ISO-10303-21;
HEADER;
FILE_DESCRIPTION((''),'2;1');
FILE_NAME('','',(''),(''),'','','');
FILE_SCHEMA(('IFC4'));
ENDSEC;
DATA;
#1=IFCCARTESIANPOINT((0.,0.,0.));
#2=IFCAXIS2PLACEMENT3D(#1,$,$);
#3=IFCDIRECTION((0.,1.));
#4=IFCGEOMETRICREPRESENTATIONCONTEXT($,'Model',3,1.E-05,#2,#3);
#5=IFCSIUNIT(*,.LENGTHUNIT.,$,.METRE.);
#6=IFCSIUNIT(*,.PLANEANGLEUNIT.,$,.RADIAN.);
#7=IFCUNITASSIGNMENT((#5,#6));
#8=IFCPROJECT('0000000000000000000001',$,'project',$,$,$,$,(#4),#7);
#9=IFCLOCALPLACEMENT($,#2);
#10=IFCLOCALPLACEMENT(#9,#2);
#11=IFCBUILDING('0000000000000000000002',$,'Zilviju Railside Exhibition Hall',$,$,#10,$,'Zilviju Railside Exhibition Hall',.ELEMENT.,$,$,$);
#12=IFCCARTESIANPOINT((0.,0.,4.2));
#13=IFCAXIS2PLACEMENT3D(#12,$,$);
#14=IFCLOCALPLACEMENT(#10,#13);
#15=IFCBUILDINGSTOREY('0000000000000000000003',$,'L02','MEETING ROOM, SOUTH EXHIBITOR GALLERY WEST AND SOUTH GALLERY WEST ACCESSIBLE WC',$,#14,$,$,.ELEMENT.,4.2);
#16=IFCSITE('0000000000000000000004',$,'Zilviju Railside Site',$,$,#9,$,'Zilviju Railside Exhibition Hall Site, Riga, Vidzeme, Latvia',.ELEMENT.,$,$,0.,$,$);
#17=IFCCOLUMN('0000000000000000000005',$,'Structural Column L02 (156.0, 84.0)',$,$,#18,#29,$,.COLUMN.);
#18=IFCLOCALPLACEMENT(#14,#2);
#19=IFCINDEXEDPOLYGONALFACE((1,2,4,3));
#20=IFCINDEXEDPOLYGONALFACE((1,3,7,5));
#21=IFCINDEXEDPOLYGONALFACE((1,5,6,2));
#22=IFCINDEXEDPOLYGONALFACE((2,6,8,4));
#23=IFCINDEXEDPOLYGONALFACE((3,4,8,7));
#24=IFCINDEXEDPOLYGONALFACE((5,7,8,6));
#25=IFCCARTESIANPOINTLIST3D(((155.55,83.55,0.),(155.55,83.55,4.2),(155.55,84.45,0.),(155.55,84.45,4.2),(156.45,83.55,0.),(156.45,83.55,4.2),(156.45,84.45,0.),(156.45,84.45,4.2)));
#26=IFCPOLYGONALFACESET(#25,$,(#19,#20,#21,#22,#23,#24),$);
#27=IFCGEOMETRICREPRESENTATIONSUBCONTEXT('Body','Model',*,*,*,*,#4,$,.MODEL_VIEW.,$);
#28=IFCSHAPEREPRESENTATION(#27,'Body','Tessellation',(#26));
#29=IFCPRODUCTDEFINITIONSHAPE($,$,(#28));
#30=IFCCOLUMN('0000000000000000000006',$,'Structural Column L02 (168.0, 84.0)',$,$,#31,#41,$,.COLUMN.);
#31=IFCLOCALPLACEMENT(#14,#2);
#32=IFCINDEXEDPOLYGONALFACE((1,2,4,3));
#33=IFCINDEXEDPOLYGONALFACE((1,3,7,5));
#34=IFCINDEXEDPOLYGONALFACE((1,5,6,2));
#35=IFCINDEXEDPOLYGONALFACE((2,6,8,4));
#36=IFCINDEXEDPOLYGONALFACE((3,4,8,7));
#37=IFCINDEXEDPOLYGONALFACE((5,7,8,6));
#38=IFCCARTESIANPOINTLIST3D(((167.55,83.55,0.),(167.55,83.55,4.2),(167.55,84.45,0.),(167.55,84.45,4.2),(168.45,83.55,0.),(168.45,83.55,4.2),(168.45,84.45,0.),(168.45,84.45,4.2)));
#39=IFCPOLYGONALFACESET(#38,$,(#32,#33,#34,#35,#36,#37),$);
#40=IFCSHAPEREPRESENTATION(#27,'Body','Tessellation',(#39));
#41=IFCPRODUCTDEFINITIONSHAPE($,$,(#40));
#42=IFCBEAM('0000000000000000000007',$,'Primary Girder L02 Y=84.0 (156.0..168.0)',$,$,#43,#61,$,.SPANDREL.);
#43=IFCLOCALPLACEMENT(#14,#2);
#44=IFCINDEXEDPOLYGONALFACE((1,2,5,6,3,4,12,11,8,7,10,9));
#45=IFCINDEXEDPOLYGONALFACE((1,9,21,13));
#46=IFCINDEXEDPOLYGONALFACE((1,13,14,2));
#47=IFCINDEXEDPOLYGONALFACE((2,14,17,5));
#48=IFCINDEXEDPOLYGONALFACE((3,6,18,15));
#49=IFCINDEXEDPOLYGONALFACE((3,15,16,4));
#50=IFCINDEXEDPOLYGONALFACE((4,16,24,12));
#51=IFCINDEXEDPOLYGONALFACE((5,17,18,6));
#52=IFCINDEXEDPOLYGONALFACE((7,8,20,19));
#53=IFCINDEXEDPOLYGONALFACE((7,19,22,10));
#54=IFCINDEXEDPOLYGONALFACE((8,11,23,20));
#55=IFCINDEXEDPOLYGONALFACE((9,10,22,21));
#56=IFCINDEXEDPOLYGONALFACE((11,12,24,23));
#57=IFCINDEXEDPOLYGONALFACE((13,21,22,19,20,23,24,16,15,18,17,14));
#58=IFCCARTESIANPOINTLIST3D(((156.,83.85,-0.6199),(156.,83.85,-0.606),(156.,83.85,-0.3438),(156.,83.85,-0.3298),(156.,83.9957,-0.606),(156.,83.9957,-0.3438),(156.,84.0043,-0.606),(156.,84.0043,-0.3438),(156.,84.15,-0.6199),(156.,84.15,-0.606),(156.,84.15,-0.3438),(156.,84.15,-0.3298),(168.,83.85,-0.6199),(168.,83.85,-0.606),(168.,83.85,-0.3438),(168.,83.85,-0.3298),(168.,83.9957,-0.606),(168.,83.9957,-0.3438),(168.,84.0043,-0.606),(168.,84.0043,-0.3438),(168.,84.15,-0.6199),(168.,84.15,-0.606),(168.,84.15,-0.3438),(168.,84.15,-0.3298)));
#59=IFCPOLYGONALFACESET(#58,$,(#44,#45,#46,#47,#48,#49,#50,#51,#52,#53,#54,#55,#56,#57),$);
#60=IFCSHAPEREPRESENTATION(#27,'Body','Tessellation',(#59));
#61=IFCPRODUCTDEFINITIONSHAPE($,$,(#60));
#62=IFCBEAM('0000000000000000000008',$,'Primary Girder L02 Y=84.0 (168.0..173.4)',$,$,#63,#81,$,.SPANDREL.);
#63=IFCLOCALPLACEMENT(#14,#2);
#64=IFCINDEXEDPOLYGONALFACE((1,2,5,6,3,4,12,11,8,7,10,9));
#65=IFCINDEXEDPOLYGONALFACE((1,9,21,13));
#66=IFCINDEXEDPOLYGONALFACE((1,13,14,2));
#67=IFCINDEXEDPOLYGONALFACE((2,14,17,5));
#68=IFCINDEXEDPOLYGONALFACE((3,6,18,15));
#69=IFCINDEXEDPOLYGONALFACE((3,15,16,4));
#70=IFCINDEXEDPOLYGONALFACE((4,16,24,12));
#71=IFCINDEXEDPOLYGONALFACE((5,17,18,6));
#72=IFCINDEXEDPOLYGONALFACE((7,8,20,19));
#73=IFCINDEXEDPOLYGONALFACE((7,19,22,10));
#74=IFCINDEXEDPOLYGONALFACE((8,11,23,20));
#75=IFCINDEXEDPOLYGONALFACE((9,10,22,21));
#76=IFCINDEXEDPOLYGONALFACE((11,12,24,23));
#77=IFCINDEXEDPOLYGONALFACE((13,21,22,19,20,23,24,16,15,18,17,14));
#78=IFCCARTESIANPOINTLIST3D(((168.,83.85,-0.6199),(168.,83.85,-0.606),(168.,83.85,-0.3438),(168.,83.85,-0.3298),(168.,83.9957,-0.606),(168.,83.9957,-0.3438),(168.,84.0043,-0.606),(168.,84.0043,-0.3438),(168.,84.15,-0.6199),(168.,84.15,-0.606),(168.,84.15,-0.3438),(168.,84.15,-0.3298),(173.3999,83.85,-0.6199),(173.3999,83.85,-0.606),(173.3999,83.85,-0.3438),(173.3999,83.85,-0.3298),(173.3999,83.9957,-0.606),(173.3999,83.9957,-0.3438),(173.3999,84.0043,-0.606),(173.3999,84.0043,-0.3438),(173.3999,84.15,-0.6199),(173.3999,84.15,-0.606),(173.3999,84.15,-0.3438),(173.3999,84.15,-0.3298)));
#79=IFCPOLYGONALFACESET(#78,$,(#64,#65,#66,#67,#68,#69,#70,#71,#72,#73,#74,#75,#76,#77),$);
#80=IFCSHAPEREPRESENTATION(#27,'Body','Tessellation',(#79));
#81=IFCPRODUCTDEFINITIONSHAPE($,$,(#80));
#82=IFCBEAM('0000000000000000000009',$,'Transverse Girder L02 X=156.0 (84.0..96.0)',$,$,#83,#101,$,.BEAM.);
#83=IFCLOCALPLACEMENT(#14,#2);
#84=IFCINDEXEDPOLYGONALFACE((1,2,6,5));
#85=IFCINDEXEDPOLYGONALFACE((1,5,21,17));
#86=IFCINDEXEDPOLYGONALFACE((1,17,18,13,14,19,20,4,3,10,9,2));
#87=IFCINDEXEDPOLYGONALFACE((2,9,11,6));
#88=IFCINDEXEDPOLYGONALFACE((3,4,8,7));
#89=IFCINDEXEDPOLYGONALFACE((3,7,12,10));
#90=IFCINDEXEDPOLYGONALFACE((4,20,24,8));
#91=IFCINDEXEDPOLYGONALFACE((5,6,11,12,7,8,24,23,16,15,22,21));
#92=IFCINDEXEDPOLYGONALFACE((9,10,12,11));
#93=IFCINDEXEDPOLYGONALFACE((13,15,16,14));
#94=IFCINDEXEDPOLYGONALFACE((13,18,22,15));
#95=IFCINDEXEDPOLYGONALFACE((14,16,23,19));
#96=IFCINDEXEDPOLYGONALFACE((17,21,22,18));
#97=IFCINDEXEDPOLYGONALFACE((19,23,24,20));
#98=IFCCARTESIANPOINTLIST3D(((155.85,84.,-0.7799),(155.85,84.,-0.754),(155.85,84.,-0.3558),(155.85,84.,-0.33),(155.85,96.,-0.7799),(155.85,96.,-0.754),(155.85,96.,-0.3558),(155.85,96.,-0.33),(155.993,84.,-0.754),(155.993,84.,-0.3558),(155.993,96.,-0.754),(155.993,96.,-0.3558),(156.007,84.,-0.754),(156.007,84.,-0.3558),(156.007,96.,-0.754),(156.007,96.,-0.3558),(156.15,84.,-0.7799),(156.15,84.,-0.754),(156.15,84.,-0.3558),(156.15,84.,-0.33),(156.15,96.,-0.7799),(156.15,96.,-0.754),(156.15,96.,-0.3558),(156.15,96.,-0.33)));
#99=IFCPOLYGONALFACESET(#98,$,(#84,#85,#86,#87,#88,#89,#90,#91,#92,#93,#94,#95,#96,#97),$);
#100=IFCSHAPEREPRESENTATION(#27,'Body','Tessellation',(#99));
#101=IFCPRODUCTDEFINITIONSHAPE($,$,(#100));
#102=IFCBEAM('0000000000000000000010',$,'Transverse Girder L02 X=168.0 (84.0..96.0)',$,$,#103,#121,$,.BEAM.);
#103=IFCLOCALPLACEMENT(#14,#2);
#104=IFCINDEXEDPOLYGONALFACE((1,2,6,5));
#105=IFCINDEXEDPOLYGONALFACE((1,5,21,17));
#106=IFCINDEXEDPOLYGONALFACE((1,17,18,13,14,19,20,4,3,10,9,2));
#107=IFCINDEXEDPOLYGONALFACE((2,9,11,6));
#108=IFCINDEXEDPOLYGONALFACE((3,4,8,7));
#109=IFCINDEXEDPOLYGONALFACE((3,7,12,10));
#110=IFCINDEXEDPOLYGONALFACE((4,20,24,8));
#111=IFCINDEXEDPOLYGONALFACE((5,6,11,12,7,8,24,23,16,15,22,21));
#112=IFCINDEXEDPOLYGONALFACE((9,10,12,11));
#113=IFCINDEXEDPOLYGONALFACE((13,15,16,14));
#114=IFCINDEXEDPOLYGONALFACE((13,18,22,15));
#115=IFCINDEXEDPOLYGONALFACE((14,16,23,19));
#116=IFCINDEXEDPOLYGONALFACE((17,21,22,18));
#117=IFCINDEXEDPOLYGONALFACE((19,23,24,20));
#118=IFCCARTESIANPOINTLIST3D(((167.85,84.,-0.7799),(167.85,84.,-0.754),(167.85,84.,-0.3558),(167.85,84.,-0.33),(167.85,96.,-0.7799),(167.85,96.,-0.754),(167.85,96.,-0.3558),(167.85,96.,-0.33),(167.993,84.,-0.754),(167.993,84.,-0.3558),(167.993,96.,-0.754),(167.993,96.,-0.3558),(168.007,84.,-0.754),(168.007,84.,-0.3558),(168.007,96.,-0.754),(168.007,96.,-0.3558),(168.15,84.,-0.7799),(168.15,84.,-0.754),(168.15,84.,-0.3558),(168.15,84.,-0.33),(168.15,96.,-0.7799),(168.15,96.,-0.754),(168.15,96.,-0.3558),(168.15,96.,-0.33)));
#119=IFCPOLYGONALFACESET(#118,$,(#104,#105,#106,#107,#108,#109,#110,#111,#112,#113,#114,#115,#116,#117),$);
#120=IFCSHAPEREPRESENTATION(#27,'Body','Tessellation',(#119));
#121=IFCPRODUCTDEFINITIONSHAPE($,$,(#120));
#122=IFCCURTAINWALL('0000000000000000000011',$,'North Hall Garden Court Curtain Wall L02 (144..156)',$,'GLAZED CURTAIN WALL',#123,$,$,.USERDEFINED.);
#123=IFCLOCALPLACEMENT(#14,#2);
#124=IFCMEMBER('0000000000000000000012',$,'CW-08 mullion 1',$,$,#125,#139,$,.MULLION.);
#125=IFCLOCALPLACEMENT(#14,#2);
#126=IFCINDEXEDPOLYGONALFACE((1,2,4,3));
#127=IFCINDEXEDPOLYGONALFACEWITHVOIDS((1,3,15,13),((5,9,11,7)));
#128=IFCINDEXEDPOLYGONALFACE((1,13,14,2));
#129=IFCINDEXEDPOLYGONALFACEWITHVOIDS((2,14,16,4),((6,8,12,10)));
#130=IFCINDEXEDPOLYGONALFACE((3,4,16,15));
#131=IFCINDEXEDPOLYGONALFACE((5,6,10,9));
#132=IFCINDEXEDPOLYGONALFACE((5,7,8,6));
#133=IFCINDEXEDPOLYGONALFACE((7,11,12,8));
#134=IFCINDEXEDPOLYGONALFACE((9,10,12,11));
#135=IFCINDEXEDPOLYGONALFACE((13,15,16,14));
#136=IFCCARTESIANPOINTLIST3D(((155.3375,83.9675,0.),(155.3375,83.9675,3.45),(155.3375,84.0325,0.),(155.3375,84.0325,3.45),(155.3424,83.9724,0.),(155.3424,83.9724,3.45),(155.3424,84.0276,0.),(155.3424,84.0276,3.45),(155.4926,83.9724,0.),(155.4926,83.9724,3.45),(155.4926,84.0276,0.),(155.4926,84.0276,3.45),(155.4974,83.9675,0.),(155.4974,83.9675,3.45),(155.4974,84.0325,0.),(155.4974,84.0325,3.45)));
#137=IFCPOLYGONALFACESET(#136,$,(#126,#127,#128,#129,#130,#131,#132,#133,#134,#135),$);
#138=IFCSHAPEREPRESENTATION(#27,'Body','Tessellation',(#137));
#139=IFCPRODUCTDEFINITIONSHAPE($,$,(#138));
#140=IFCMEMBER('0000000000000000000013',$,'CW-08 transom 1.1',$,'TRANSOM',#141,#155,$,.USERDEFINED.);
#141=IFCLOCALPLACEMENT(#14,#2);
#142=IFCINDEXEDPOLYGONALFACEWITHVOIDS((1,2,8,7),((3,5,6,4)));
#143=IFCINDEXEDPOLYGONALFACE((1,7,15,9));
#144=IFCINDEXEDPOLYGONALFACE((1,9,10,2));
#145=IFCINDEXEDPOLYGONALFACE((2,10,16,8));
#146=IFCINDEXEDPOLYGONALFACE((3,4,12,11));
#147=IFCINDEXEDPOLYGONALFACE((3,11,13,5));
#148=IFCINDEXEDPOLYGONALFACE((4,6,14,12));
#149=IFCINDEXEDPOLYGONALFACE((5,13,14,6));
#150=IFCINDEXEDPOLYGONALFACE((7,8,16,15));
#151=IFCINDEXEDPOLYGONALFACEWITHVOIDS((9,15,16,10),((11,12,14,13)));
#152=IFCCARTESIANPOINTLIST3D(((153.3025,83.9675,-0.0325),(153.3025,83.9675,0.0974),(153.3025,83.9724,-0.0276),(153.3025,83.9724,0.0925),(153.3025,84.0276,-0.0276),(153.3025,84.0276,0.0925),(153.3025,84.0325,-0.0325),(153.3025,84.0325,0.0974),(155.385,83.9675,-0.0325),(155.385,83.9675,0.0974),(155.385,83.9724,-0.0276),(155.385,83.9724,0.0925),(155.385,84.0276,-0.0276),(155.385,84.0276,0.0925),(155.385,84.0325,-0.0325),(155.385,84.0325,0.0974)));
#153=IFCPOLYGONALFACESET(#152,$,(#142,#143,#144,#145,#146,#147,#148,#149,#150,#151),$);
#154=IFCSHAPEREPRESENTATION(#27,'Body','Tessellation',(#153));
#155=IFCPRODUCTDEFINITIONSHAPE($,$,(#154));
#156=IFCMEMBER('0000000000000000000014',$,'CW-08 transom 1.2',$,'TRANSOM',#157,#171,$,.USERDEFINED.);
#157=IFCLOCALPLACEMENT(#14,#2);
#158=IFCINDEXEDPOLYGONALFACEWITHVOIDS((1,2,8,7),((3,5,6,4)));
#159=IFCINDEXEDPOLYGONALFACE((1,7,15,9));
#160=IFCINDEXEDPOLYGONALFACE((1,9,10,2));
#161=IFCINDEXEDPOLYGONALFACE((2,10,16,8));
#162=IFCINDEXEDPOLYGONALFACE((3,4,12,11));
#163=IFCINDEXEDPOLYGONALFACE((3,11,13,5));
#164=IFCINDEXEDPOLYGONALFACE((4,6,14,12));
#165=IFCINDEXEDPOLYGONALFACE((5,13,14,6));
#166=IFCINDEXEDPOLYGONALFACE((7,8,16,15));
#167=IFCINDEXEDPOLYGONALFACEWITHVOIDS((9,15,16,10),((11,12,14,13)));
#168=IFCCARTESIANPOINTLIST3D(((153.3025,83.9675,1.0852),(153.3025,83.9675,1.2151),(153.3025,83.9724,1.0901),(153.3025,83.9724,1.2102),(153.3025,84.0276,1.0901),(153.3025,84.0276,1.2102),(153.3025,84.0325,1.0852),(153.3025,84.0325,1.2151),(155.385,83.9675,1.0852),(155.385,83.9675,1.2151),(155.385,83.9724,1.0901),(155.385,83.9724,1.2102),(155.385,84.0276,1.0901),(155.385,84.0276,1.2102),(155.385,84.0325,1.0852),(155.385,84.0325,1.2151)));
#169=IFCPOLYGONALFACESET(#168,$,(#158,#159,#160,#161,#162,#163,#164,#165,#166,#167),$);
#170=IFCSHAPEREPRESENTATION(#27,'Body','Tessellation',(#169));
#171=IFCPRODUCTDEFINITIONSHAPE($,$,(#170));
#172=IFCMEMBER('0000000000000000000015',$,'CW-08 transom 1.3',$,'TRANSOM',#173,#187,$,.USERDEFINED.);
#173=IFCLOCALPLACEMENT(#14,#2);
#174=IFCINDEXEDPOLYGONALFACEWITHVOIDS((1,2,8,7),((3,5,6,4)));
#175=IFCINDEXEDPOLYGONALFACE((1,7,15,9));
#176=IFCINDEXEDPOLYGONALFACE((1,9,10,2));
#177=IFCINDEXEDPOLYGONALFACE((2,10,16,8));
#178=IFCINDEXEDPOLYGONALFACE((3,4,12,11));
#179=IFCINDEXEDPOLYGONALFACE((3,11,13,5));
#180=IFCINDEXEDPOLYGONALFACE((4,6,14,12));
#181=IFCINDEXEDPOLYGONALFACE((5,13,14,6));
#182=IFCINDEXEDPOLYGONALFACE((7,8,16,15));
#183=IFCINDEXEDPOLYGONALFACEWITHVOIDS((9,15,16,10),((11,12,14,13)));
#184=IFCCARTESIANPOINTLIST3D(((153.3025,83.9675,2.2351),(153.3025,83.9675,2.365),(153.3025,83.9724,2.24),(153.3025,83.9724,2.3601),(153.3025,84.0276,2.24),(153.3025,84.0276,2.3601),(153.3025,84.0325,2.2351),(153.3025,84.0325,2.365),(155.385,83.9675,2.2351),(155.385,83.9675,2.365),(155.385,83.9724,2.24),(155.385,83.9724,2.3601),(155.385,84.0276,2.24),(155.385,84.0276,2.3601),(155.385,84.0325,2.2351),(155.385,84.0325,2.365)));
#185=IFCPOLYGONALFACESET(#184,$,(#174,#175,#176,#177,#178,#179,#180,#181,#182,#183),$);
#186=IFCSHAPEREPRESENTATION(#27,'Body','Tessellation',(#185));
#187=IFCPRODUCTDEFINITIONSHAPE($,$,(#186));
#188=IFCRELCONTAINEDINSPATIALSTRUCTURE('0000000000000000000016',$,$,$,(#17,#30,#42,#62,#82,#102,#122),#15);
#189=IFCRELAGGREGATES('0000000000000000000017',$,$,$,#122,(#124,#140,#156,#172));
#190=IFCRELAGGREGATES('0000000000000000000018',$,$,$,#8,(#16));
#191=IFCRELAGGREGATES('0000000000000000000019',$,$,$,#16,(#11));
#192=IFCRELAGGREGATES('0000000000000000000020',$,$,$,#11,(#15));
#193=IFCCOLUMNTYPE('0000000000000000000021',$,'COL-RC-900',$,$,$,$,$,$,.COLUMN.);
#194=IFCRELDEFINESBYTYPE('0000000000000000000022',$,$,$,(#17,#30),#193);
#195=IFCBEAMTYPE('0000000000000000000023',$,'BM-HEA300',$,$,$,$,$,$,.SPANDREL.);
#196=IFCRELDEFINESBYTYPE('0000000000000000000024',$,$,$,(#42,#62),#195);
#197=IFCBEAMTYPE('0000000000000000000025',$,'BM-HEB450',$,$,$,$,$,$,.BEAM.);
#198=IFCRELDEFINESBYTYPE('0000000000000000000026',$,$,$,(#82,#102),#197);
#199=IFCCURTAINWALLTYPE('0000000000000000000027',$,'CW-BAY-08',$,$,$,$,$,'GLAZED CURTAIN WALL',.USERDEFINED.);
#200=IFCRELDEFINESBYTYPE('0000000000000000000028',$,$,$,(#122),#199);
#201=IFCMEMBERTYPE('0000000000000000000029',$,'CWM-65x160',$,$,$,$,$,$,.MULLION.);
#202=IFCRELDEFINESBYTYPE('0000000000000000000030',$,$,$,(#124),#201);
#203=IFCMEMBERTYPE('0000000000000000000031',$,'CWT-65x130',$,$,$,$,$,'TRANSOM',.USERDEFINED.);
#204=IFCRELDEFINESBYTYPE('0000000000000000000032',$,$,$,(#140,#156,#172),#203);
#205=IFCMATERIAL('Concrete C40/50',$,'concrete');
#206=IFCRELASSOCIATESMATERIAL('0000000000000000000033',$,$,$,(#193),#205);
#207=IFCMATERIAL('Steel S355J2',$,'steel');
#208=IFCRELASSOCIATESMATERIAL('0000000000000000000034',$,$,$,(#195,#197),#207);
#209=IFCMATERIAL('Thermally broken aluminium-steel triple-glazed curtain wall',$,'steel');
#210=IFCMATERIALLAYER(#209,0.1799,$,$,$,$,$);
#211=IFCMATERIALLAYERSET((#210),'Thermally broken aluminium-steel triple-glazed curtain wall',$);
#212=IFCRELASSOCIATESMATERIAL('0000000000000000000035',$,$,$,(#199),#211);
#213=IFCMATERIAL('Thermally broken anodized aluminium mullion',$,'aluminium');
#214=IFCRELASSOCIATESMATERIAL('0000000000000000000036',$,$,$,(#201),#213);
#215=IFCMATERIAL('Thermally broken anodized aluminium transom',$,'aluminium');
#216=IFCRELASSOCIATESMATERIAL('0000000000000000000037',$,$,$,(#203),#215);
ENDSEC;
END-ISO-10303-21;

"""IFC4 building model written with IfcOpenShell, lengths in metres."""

from ifc_helpers import new_model, si_unit, direction, frame, origin, origin_2d, place, context, subcontext, project, spatial, rectangle, hollow_rectangle, i_section, extrude, material, layer, layer_set, material_profile, profile_set, type_object, element, aggregate, save


model = new_model("IFC4")

# Units and contexts
model_context = context("Model", 3, precision=1e-05, world=origin(), true_north=direction((0.0, 1.0)))
body_context = subcontext(model_context, "Body", "Model", "MODEL_VIEW")
ifc_project = project(units=[si_unit("LENGTHUNIT", "METRE"), si_unit("PLANEANGLEUNIT", "RADIAN")], contexts=[model_context])

# Site, building, storey
site_placement = place(None, origin())
site = spatial("IfcSite", under=ifc_project, at=site_placement, Name="Zilviju Railside Site", LongName="Zilviju Railside Exhibition Hall Site, Riga, Vidzeme, Latvia", CompositionType="ELEMENT", RefElevation=0.0)
building_placement = place(site_placement, origin())
building = spatial("IfcBuilding", under=site, at=building_placement, Name="Zilviju Railside Exhibition Hall", LongName="Zilviju Railside Exhibition Hall", CompositionType="ELEMENT")
storey_placement = place(building_placement, frame((0.0, 0.0, 4.2)))
storey = spatial("IfcBuildingStorey", under=building, at=storey_placement, Name="L02", Description="MEETING ROOM, SOUTH EXHIBITOR GALLERY WEST AND SOUTH GALLERY WEST ACCESSIBLE WC", CompositionType="ELEMENT", Elevation=4.2)

# Columns
ifc_material_1 = material(Name="Concrete C40/50", Category="concrete")
ifc_material_profile_1 = material_profile(ifc_material_1, rectangle(XDim=0.8999, YDim=0.8999, at=origin_2d()), Name="RC COL 900x900")
ifc_profile_set_1 = profile_set([ifc_material_profile_1], Name="Concrete C40/50")
column_type = type_object("IfcColumnType", Name="COL-RC-900", PredefinedType="COLUMN", material=ifc_profile_set_1)
for number, where, z_axis, x_axis, name in (
    (1, (156.0, 84.0, 0.0), (0.0, 0.0, 1.0), (1.0, 0.0, 0.0), "Structural Column L02 (156.0, 84.0)"),
    (2, (168.0, 84.0, 0.0), (0.0, 0.0, 1.0), (1.0, 0.0, 0.0), "Structural Column L02 (168.0, 84.0)"),
):
    element("IfcColumn", number, at=place(storey_placement, frame(where, z_axis=z_axis, x_axis=x_axis)), inside=storey, type_object=column_type, Name=name, PredefinedType="COLUMN", context=body_context, shape_type="SweptSolid", body=[
        extrude(rectangle(XDim=0.8999, YDim=0.8999, at=origin_2d()), origin(), (0.0, 0.0, 1.0), 4.2),
    ])

# Beams
ifc_material_2 = material(Name="Steel S355J2", Category="steel")
ifc_material_profile_2 = material_profile(ifc_material_2, i_section(OverallWidth=0.3, OverallDepth=0.29, WebThickness=0.0085, FlangeThickness=0.0139, at=origin_2d()), Name="HEA 300")
ifc_profile_set_2 = profile_set([ifc_material_profile_2], Name="Steel S355J2")
beam_type_1 = type_object("IfcBeamType", Name="BM-HEA300", PredefinedType="SPANDREL", material=ifc_profile_set_2)
beam_1_placement = place(storey_placement, frame((156.0, 84.0, -0.4749), z_axis=(1.0, 0.0, 0.0), x_axis=(0.0, 1.0, 0.0)))
element("IfcBeam", 3, at=beam_1_placement, inside=storey, type_object=beam_type_1, Name="Primary Girder L02 Y=84.0 (156.0..168.0)", PredefinedType="SPANDREL", context=body_context, shape_type="SweptSolid", body=[
    extrude(i_section(OverallWidth=0.3, OverallDepth=0.29, WebThickness=0.0085, FlangeThickness=0.0139, at=origin_2d()), origin(), (0.0, 0.0, 1.0), 12.0),
])
beam_2_placement = place(storey_placement, frame((168.0, 84.0, -0.4749), z_axis=(1.0, 0.0, 0.0), x_axis=(0.0, 1.0, 0.0)))
element("IfcBeam", 4, at=beam_2_placement, inside=storey, type_object=beam_type_1, Name="Primary Girder L02 Y=84.0 (168.0..173.4)", PredefinedType="SPANDREL", context=body_context, shape_type="SweptSolid", body=[
    extrude(i_section(OverallWidth=0.3, OverallDepth=0.29, WebThickness=0.0085, FlangeThickness=0.0139, at=origin_2d()), origin(), (0.0, 0.0, 1.0), 5.3999),
])
ifc_material_profile_3 = material_profile(ifc_material_2, i_section(OverallWidth=0.3, OverallDepth=0.45, WebThickness=0.0139, FlangeThickness=0.0259, at=origin_2d()), Name="HEB 450")
ifc_profile_set_3 = profile_set([ifc_material_profile_3], Name="Steel S355J2")
beam_type_2 = type_object("IfcBeamType", Name="BM-HEB450", PredefinedType="BEAM", material=ifc_profile_set_3)
for number, where, z_axis, x_axis, name in (
    (5, (156.0, 84.0, -0.5549), (0.0, 1.0, 0.0), (-1.0, 0.0, 0.0), "Transverse Girder L02 X=156.0 (84.0..96.0)"),
    (6, (168.0, 84.0, -0.5549), (0.0, 1.0, 0.0), (-1.0, 0.0, 0.0), "Transverse Girder L02 X=168.0 (84.0..96.0)"),
):
    element("IfcBeam", number, at=place(storey_placement, frame(where, z_axis=z_axis, x_axis=x_axis)), inside=storey, type_object=beam_type_2, Name=name, PredefinedType="BEAM", context=body_context, shape_type="SweptSolid", body=[
        extrude(i_section(OverallWidth=0.3, OverallDepth=0.45, WebThickness=0.0139, FlangeThickness=0.0259, at=origin_2d()), origin(), (0.0, 0.0, 1.0), 12.0),
    ])

# Curtain wall, members
ifc_material_3 = material(Name="Thermally broken aluminium-steel triple-glazed curtain wall", Category="steel")
ifc_layer_1 = layer(ifc_material_3, 0.1799)
ifc_layer_set_1 = layer_set([ifc_layer_1], Name="Thermally broken aluminium-steel triple-glazed curtain wall")
curtain_wall_type = type_object("IfcCurtainWallType", Name="CW-BAY-08", ElementType="GLAZED CURTAIN WALL", PredefinedType="USERDEFINED", material=ifc_layer_set_1)
curtain_wall_placement = place(storey_placement, origin())
curtain_wall = element("IfcCurtainWall", 7, at=curtain_wall_placement, inside=storey, type_object=curtain_wall_type, Name="North Hall Garden Court Curtain Wall L02 (144..156)", ObjectType="GLAZED CURTAIN WALL", PredefinedType="USERDEFINED")
ifc_material_4 = material(Name="Thermally broken anodized aluminium mullion", Category="aluminium")
ifc_material_profile_4 = material_profile(ifc_material_4, hollow_rectangle(XDim=0.0649, YDim=0.1599, WallThickness=0.0049, at=origin_2d()), Name="MULLION 160x65x5")
ifc_profile_set_4 = profile_set([ifc_material_profile_4], Name="Thermally broken anodized aluminium mullion")
member_type_1 = type_object("IfcMemberType", Name="CWM-65x160", PredefinedType="MULLION", material=ifc_profile_set_4)
member_1_placement = place(storey_placement, frame((155.4175, 84.0, 0.0), z_axis=(0.0, 0.0, 1.0), x_axis=(0.0, -1.0, 0.0)))
member_1 = element("IfcMember", 8, at=member_1_placement, type_object=member_type_1, Name="CW-08 mullion 1", PredefinedType="MULLION", context=body_context, shape_type="SweptSolid", body=[
    extrude(hollow_rectangle(XDim=0.0649, YDim=0.1599, WallThickness=0.0049, at=origin_2d()), origin(), (0.0, 0.0, 1.0), 3.45),
])
ifc_material_5 = material(Name="Thermally broken anodized aluminium transom", Category="aluminium")
ifc_material_profile_5 = material_profile(ifc_material_5, hollow_rectangle(XDim=0.0649, YDim=0.1299, WallThickness=0.0049, at=origin_2d()), Name="TRANSOM 130x65x5")
ifc_profile_set_5 = profile_set([ifc_material_profile_5], Name="Thermally broken anodized aluminium transom")
member_type_2 = type_object("IfcMemberType", Name="CWT-65x130", ElementType="TRANSOM", PredefinedType="USERDEFINED", material=ifc_profile_set_5)
member_2_placement = place(storey_placement, frame((155.385, 84.0, 0.0325), z_axis=(-1.0, 0.0, 0.0), x_axis=(0.0, -1.0, 0.0)))
member_2 = element("IfcMember", 9, at=member_2_placement, type_object=member_type_2, Name="CW-08 transom 1.1", ObjectType="TRANSOM", PredefinedType="USERDEFINED", context=body_context, shape_type="SweptSolid", body=[
    extrude(hollow_rectangle(XDim=0.0649, YDim=0.1299, WallThickness=0.0049, at=origin_2d()), origin(), (0.0, 0.0, 1.0), 2.0825),
])
member_3_placement = place(storey_placement, frame((155.385, 84.0, 1.1501), z_axis=(-1.0, 0.0, 0.0), x_axis=(0.0, -1.0, 0.0)))
member_3 = element("IfcMember", 10, at=member_3_placement, type_object=member_type_2, Name="CW-08 transom 1.2", ObjectType="TRANSOM", PredefinedType="USERDEFINED", context=body_context, shape_type="SweptSolid", body=[
    extrude(hollow_rectangle(XDim=0.0649, YDim=0.1299, WallThickness=0.0049, at=origin_2d()), origin(), (0.0, 0.0, 1.0), 2.0825),
])
member_4_placement = place(storey_placement, frame((155.385, 84.0, 2.3), z_axis=(-1.0, 0.0, 0.0), x_axis=(0.0, -1.0, 0.0)))
member_4 = element("IfcMember", 11, at=member_4_placement, type_object=member_type_2, Name="CW-08 transom 1.3", ObjectType="TRANSOM", PredefinedType="USERDEFINED", context=body_context, shape_type="SweptSolid", body=[
    extrude(hollow_rectangle(XDim=0.0649, YDim=0.1299, WallThickness=0.0049, at=origin_2d()), origin(), (0.0, 0.0, 1.0), 2.0825),
])
aggregate(curtain_wall, [member_1, member_2, member_3, member_4])

save(model, "model.ifc")
